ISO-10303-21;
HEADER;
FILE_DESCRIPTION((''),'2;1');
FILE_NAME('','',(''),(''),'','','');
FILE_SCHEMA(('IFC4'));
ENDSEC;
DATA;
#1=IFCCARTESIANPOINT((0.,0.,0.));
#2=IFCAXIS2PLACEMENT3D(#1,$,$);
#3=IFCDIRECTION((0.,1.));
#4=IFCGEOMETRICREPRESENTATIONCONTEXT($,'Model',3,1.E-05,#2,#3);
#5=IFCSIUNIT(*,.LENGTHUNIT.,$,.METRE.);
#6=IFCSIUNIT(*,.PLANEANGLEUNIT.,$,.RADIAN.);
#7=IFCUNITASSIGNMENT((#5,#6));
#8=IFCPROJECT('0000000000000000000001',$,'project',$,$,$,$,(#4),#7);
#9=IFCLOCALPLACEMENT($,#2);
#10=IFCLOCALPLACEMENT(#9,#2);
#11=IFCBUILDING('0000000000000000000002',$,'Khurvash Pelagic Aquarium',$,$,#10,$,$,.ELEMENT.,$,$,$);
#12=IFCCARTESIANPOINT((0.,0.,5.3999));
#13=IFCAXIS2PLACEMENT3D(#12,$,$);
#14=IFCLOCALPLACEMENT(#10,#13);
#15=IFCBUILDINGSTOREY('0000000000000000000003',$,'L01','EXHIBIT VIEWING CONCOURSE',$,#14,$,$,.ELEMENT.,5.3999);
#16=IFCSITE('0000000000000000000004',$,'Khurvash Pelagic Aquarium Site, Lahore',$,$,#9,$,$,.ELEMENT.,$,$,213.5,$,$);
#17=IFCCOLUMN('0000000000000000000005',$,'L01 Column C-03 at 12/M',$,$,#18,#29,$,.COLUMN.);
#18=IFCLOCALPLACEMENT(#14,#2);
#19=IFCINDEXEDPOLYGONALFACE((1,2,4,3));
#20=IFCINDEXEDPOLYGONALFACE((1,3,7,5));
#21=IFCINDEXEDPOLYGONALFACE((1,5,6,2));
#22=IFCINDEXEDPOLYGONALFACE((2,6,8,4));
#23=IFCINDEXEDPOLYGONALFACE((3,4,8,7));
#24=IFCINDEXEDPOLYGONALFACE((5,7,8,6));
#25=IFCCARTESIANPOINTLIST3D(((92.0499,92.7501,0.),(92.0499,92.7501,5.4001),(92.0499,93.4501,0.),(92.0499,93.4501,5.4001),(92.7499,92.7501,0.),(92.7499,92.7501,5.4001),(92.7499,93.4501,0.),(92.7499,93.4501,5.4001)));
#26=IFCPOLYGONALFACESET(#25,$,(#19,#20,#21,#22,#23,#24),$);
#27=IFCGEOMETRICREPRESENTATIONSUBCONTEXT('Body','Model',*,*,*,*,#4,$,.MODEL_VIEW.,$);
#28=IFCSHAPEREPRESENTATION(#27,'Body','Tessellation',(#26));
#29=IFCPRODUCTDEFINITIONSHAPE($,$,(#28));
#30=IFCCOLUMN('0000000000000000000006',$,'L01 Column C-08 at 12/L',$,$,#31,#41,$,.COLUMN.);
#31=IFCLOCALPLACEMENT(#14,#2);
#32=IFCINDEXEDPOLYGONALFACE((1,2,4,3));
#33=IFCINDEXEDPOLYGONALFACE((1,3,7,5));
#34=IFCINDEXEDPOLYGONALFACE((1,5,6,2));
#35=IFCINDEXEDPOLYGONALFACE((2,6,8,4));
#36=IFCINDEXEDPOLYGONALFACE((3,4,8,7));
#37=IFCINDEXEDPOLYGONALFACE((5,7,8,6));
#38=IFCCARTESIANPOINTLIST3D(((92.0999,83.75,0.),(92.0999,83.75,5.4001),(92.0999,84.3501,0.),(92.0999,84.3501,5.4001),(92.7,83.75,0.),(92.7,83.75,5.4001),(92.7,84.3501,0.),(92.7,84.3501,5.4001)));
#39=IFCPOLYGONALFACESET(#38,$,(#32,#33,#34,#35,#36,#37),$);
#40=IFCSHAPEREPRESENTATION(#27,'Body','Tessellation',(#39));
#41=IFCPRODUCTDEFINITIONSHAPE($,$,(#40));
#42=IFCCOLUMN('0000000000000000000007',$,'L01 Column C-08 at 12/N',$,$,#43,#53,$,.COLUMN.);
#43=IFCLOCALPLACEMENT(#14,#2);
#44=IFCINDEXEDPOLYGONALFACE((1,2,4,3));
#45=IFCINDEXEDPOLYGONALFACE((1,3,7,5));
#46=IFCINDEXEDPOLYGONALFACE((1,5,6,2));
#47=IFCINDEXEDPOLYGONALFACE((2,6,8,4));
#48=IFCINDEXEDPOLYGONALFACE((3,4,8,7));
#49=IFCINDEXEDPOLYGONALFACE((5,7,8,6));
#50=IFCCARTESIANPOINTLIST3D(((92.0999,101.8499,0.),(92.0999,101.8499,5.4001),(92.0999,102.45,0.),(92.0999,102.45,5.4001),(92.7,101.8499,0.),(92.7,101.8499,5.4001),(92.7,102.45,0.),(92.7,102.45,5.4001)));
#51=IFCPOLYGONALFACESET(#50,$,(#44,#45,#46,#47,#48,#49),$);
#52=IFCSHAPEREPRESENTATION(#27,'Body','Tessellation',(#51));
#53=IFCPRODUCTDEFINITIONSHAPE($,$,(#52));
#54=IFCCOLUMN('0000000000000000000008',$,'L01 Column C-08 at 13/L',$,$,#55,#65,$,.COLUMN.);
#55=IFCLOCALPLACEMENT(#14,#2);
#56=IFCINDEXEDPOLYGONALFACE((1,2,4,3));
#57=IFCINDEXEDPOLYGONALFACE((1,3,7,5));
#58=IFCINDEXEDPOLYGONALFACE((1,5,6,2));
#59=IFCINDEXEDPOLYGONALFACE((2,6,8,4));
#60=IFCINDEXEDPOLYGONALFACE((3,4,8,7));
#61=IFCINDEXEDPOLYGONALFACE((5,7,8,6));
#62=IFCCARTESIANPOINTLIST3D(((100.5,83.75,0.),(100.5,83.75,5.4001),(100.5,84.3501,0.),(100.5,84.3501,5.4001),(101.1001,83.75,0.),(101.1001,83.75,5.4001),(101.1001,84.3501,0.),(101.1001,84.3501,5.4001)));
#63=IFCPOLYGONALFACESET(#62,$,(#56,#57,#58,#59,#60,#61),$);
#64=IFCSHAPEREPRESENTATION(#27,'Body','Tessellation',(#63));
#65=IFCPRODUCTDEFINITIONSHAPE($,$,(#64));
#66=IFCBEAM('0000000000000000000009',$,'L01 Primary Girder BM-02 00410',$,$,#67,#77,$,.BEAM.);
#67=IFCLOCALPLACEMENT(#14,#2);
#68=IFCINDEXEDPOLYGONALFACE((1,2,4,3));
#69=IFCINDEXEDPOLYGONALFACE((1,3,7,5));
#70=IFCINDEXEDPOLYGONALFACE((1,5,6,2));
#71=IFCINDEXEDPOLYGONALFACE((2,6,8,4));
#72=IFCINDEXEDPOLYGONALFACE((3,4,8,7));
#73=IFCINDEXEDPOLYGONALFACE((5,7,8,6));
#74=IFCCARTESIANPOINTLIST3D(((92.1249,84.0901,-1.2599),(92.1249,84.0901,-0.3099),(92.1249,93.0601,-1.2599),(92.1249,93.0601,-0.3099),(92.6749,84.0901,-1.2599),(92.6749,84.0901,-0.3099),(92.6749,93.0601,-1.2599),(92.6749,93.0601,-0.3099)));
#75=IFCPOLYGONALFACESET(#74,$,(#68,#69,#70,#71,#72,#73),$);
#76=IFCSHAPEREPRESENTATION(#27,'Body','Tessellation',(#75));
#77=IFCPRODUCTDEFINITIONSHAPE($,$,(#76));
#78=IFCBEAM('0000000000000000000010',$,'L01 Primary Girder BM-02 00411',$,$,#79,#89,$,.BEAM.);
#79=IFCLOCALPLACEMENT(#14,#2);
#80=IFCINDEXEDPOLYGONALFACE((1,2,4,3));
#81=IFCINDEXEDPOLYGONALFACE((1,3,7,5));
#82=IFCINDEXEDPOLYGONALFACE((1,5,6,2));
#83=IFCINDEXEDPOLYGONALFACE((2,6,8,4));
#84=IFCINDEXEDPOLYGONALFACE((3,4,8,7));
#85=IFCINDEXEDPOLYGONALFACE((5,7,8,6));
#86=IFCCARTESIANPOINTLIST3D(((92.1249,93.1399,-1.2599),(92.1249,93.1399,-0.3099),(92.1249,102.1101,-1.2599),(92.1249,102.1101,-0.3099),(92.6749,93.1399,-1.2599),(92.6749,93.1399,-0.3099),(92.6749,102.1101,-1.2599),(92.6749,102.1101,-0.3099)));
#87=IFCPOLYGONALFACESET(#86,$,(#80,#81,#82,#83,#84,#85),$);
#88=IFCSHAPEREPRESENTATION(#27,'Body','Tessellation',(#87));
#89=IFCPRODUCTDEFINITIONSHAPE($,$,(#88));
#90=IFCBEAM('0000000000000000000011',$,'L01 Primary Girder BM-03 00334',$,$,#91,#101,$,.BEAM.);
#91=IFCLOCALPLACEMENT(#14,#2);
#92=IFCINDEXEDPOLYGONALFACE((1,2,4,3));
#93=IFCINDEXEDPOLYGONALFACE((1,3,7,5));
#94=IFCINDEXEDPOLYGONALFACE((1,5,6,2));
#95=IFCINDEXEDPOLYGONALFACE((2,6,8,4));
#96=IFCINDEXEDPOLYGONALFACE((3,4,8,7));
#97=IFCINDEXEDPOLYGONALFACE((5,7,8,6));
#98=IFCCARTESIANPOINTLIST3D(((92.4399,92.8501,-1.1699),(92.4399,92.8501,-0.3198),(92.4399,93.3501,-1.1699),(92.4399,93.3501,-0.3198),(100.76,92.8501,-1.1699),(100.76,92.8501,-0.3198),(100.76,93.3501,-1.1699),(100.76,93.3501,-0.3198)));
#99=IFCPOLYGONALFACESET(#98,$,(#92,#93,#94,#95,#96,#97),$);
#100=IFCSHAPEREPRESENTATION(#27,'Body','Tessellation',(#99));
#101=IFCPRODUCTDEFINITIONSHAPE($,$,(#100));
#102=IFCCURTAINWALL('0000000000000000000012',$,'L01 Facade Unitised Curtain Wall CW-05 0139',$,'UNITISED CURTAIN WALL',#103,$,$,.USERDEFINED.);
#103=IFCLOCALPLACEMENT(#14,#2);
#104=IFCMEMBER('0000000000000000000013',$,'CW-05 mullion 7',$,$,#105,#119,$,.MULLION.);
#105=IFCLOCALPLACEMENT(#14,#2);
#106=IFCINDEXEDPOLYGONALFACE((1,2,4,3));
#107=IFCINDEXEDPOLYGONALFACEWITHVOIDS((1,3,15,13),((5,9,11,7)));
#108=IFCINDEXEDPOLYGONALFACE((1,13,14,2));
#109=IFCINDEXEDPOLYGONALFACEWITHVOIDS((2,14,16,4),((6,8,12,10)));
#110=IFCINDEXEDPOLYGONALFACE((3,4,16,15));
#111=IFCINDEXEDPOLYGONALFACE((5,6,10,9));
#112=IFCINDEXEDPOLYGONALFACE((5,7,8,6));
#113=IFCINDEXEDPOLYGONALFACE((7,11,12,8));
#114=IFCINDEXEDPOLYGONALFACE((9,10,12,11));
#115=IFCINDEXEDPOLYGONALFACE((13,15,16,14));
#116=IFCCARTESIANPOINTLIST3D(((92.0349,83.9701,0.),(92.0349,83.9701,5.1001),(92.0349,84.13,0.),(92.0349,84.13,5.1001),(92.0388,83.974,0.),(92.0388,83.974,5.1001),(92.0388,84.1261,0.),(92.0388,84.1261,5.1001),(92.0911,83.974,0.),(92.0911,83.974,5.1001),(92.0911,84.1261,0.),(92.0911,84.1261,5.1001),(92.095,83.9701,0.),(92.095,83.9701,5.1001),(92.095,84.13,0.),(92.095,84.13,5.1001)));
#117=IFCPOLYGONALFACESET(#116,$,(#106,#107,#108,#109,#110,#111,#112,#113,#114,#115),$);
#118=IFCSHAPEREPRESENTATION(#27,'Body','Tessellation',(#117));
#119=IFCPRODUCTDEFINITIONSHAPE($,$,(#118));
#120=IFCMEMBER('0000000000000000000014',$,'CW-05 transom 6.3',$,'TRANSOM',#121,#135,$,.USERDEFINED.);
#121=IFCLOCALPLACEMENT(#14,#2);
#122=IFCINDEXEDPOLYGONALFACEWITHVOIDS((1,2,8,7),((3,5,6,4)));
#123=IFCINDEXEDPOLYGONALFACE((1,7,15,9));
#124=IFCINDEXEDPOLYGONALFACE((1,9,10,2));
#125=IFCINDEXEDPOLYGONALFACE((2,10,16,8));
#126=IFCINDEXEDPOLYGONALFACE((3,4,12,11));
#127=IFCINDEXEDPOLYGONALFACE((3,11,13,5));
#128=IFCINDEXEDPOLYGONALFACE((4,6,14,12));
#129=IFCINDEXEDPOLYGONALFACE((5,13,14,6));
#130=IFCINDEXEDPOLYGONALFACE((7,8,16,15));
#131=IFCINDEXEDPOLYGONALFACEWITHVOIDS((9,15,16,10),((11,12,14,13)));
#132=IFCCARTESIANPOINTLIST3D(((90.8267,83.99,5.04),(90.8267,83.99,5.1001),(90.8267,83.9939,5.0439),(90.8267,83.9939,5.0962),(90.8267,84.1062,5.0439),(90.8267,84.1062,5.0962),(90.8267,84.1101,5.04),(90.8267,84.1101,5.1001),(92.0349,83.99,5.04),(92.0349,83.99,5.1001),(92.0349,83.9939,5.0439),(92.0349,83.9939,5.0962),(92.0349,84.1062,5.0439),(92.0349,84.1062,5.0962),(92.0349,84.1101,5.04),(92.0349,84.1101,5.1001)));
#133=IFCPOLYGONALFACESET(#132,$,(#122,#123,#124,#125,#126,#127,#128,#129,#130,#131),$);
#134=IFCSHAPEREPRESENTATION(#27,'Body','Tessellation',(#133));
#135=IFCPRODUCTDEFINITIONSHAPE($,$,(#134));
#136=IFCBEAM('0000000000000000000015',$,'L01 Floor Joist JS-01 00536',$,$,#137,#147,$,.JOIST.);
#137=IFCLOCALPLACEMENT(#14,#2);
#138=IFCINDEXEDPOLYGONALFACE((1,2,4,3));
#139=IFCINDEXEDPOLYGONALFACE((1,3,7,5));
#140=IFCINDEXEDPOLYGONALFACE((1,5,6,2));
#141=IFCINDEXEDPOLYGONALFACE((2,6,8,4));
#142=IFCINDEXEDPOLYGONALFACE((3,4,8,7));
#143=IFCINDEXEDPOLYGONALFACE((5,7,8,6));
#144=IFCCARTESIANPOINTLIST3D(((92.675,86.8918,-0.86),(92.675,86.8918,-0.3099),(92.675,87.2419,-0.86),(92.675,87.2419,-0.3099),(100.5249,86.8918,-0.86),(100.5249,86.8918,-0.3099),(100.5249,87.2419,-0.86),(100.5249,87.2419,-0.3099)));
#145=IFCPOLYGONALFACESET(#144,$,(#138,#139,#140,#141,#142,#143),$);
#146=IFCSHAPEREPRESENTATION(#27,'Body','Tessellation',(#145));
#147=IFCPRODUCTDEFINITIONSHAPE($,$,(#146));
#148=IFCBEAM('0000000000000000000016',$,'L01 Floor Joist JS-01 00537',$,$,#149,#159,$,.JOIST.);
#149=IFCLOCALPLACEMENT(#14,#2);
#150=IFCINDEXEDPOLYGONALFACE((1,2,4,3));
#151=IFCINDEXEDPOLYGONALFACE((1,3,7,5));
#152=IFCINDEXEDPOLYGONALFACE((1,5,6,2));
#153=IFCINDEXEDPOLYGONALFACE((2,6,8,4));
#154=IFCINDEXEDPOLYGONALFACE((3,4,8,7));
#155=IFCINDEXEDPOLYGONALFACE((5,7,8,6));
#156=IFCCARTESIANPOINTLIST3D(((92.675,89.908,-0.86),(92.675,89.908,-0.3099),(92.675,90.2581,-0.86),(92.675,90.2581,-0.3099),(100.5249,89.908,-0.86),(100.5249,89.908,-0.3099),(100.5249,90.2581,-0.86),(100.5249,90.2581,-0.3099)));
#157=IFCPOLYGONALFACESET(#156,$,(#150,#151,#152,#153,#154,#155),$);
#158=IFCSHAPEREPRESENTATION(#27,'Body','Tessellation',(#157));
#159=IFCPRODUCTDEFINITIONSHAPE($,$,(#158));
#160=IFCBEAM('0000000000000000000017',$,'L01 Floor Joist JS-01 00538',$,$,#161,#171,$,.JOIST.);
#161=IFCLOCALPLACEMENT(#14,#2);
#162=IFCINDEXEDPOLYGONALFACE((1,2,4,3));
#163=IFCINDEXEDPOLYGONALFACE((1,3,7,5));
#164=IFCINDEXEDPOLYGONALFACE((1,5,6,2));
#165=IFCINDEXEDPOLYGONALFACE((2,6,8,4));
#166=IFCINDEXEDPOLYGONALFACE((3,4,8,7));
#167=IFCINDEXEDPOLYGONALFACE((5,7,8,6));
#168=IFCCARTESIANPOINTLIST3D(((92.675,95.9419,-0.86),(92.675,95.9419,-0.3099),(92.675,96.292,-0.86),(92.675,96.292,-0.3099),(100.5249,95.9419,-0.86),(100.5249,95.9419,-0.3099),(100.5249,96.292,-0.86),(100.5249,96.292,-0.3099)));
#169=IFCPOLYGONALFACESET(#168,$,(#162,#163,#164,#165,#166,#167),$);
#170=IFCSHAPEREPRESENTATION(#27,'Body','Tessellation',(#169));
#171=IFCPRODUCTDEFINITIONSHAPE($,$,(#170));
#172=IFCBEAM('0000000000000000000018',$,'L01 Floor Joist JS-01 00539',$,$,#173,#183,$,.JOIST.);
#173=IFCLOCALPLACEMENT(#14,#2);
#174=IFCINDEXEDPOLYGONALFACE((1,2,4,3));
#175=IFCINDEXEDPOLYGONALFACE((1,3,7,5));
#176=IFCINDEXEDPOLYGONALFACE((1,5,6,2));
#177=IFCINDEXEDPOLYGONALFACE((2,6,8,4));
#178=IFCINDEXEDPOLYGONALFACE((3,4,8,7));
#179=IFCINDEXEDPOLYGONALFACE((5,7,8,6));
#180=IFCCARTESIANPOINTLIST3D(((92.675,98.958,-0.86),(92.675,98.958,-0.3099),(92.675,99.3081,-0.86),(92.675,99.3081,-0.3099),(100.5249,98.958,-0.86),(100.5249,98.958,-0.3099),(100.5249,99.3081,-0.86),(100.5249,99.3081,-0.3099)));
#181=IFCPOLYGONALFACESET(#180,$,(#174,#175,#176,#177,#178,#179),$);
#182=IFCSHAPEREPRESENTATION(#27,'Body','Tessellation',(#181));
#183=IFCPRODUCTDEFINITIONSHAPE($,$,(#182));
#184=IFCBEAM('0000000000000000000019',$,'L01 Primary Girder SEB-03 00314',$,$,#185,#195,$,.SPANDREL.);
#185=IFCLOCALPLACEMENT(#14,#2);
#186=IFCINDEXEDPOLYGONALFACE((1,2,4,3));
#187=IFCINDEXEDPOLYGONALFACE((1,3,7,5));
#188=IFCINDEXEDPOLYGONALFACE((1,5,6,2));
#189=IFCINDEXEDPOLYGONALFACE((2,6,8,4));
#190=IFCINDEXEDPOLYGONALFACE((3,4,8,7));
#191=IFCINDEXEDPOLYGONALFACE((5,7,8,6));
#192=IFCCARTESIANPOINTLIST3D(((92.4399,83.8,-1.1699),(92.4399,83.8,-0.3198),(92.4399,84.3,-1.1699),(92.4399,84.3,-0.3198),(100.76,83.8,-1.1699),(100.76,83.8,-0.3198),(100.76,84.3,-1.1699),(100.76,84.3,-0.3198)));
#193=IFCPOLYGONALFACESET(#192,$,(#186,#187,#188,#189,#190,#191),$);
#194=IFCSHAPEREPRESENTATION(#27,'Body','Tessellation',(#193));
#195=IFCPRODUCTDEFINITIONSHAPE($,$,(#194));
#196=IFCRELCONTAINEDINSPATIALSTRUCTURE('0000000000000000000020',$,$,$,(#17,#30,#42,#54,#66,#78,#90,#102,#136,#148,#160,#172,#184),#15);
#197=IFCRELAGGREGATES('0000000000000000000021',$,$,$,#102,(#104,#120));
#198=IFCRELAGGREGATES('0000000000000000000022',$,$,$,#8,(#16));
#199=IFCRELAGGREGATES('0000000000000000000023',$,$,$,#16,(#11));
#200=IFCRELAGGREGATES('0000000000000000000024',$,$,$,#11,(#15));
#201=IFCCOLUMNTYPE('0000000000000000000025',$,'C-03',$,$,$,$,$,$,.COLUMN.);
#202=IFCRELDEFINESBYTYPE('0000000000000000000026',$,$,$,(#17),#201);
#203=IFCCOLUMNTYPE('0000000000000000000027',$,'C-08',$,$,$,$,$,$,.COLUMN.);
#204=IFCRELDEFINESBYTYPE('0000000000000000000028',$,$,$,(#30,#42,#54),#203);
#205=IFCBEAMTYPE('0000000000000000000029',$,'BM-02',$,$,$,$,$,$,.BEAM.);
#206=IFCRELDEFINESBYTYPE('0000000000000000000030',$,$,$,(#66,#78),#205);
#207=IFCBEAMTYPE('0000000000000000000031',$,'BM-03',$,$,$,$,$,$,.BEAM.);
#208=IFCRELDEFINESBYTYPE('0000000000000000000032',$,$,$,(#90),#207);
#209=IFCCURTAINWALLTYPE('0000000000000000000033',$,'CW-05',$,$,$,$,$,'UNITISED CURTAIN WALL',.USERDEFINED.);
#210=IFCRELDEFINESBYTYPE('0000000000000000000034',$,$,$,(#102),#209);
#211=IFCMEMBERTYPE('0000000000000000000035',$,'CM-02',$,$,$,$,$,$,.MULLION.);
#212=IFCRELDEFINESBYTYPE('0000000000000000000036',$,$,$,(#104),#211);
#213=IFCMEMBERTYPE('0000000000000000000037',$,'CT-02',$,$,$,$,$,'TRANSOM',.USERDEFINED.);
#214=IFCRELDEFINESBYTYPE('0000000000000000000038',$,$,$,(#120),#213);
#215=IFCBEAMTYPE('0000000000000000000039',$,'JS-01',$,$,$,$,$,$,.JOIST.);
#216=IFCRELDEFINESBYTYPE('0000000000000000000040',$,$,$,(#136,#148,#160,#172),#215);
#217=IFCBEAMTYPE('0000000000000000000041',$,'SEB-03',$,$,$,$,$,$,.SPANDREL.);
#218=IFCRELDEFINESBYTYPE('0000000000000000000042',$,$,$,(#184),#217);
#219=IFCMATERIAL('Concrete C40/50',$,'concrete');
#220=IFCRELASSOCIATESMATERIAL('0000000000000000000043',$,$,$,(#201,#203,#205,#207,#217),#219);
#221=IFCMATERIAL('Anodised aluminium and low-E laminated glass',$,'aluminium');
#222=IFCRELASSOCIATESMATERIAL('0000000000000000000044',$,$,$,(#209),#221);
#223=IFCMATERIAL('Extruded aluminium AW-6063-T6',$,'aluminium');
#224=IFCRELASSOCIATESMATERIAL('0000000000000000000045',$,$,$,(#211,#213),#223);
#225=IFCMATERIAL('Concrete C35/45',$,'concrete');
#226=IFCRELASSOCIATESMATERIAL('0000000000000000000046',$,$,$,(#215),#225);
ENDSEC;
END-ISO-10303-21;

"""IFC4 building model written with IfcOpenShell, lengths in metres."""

from ifc_helpers import new_model, si_unit, direction, frame, origin, origin_2d, place, context, subcontext, project, spatial, rectangle, hollow_rectangle, extrude, material, material_profile, profile_set, type_object, element, aggregate, save


model = new_model("IFC4")

# Units and contexts
model_context = context("Model", 3, precision=1e-05, world=origin(), true_north=direction((0.0, 1.0)))
body_context = subcontext(model_context, "Body", "Model", "MODEL_VIEW")
ifc_project = project(units=[si_unit("LENGTHUNIT", "METRE"), si_unit("PLANEANGLEUNIT", "RADIAN")], contexts=[model_context])

# Site, building, storey
site_placement = place(None, origin())
site = spatial("IfcSite", under=ifc_project, at=site_placement, Name="Khurvash Pelagic Aquarium Site, Lahore", CompositionType="ELEMENT", RefElevation=213.5)
building_placement = place(site_placement, origin())
building = spatial("IfcBuilding", under=site, at=building_placement, Name="Khurvash Pelagic Aquarium", CompositionType="ELEMENT")
storey_placement = place(building_placement, frame((0.0, 0.0, 5.3999)))
storey = spatial("IfcBuildingStorey", under=building, at=storey_placement, Name="L01", Description="EXHIBIT VIEWING CONCOURSE", CompositionType="ELEMENT", Elevation=5.3999)

# Columns
ifc_material_1 = material(Name="Concrete C40/50", Category="concrete")
ifc_material_profile_1 = material_profile(ifc_material_1, rectangle(XDim=0.7, YDim=0.7, at=origin_2d()), Name="RC700X700")
ifc_profile_set_1 = profile_set([ifc_material_profile_1], Name="Concrete C40/50")
column_type_1 = type_object("IfcColumnType", Name="C-03", PredefinedType="COLUMN", material=ifc_profile_set_1)
column_placement = place(storey_placement, frame((92.3999, 93.1001, 0.0), z_axis=(0.0, 0.0, 1.0), x_axis=(1.0, 0.0, 0.0)))
element("IfcColumn", 1, at=column_placement, inside=storey, type_object=column_type_1, Name="L01 Column C-03 at 12/M", PredefinedType="COLUMN", context=body_context, shape_type="SweptSolid", body=[
    extrude(rectangle(XDim=0.7, YDim=0.7, at=origin_2d()), origin(), (0.0, 0.0, 1.0), 5.4001),
])
ifc_material_profile_2 = material_profile(ifc_material_1, rectangle(XDim=0.6001, YDim=0.6001, at=origin_2d()), Name="RC600X600")
ifc_profile_set_2 = profile_set([ifc_material_profile_2], Name="Concrete C40/50")
column_type_2 = type_object("IfcColumnType", Name="C-08", PredefinedType="COLUMN", material=ifc_profile_set_2)
for number, where, z_axis, x_axis, name in (
    (2, (92.3999, 84.05, 0.0), (0.0, 0.0, 1.0), (1.0, 0.0, 0.0), "L01 Column C-08 at 12/L"),
    (3, (92.3999, 102.1499, 0.0), (0.0, 0.0, 1.0), (1.0, 0.0, 0.0), "L01 Column C-08 at 12/N"),
    (4, (100.8, 84.05, 0.0), (0.0, 0.0, 1.0), (1.0, 0.0, 0.0), "L01 Column C-08 at 13/L"),
):
    element("IfcColumn", number, at=place(storey_placement, frame(where, z_axis=z_axis, x_axis=x_axis)), inside=storey, type_object=column_type_2, Name=name, PredefinedType="COLUMN", context=body_context, shape_type="SweptSolid", body=[
        extrude(rectangle(XDim=0.6001, YDim=0.6001, at=origin_2d()), origin(), (0.0, 0.0, 1.0), 5.4001),
    ])

# Beams
ifc_material_profile_3 = material_profile(ifc_material_1, rectangle(XDim=0.55, YDim=0.95, at=origin_2d()), Name="RC550X950")
ifc_profile_set_3 = profile_set([ifc_material_profile_3], Name="Concrete C40/50")
beam_type_1 = type_object("IfcBeamType", Name="BM-02", PredefinedType="BEAM", material=ifc_profile_set_3)
beam_1_placement = place(storey_placement, frame((92.3999, 84.0901, -0.7849), z_axis=(0.0, 1.0, 0.0), x_axis=(-1.0, 0.0, 0.0)))
element("IfcBeam", 5, at=beam_1_placement, inside=storey, type_object=beam_type_1, Name="L01 Primary Girder BM-02 00410", PredefinedType="BEAM", context=body_context, shape_type="SweptSolid", body=[
    extrude(rectangle(XDim=0.55, YDim=0.95, at=origin_2d()), origin(), (0.0, 0.0, 1.0), 8.97),
])
beam_2_placement = place(storey_placement, frame((92.3999, 93.1399, -0.7849), z_axis=(0.0, 1.0, 0.0), x_axis=(-1.0, 0.0, 0.0)))
element("IfcBeam", 6, at=beam_2_placement, inside=storey, type_object=beam_type_1, Name="L01 Primary Girder BM-02 00411", PredefinedType="BEAM", context=body_context, shape_type="SweptSolid", body=[
    extrude(rectangle(XDim=0.55, YDim=0.95, at=origin_2d()), origin(), (0.0, 0.0, 1.0), 8.9702),
])
ifc_material_profile_4 = material_profile(ifc_material_1, rectangle(XDim=0.5, YDim=0.8501, at=origin_2d()), Name="RC500X850")
ifc_profile_set_4 = profile_set([ifc_material_profile_4], Name="Concrete C40/50")
beam_type_2 = type_object("IfcBeamType", Name="BM-03", PredefinedType="BEAM", material=ifc_profile_set_4)
beam_3_placement = place(storey_placement, frame((92.4399, 93.1001, -0.7449), z_axis=(1.0, 0.0, 0.0), x_axis=(0.0, 1.0, 0.0)))
element("IfcBeam", 7, at=beam_3_placement, inside=storey, type_object=beam_type_2, Name="L01 Primary Girder BM-03 00334", PredefinedType="BEAM", context=body_context, shape_type="SweptSolid", body=[
    extrude(rectangle(XDim=0.5, YDim=0.8501, at=origin_2d()), origin(), (0.0, 0.0, 1.0), 8.3201),
])

# Curtain wall, members
ifc_material_2 = material(Name="Anodised aluminium and low-E laminated glass", Category="aluminium")
curtain_wall_type = type_object("IfcCurtainWallType", Name="CW-05", ElementType="UNITISED CURTAIN WALL", PredefinedType="USERDEFINED", material=ifc_material_2)
curtain_wall_placement = place(storey_placement, origin())
curtain_wall = element("IfcCurtainWall", 8, at=curtain_wall_placement, inside=storey, type_object=curtain_wall_type, Name="L01 Facade Unitised Curtain Wall CW-05 0139", ObjectType="UNITISED CURTAIN WALL", PredefinedType="USERDEFINED")
ifc_material_3 = material(Name="Extruded aluminium AW-6063-T6", Category="aluminium")
ifc_material_profile_5 = material_profile(ifc_material_3, hollow_rectangle(XDim=0.0601, YDim=0.1599, WallThickness=0.0039, at=origin_2d()), Name="CWM60X160X4")
ifc_profile_set_5 = profile_set([ifc_material_profile_5], Name="Extruded aluminium AW-6063-T6")
member_type_1 = type_object("IfcMemberType", Name="CM-02", PredefinedType="MULLION", material=ifc_profile_set_5)
member_1_placement = place(storey_placement, frame((92.0649, 84.05, 0.0), z_axis=(0.0, 0.0, 1.0), x_axis=(1.0, 0.0, 0.0)))
member_1 = element("IfcMember", 9, at=member_1_placement, type_object=member_type_1, Name="CW-05 mullion 7", PredefinedType="MULLION", context=body_context, shape_type="SweptSolid", body=[
    extrude(hollow_rectangle(XDim=0.0601, YDim=0.1599, WallThickness=0.0039, at=origin_2d()), origin(), (0.0, 0.0, 1.0), 5.1001),
])
ifc_material_profile_6 = material_profile(ifc_material_3, hollow_rectangle(XDim=0.1201, YDim=0.0601, WallThickness=0.0039, at=origin_2d()), Name="CWT120X60X4")
ifc_profile_set_6 = profile_set([ifc_material_profile_6], Name="Extruded aluminium AW-6063-T6")
member_type_2 = type_object("IfcMemberType", Name="CT-02", ElementType="TRANSOM", PredefinedType="USERDEFINED", material=ifc_profile_set_6)
member_2_placement = place(storey_placement, frame((90.8267, 84.05, 5.0701), z_axis=(1.0, 0.0, 0.0), x_axis=(0.0, 1.0, 0.0)))
member_2 = element("IfcMember", 10, at=member_2_placement, type_object=member_type_2, Name="CW-05 transom 6.3", ObjectType="TRANSOM", PredefinedType="USERDEFINED", context=body_context, shape_type="SweptSolid", body=[
    extrude(hollow_rectangle(XDim=0.1201, YDim=0.0601, WallThickness=0.0039, at=origin_2d()), origin(), (0.0, 0.0, 1.0), 1.2083),
])

# Beams
ifc_material_4 = material(Name="Concrete C35/45", Category="concrete")
ifc_material_profile_7 = material_profile(ifc_material_4, rectangle(XDim=0.3501, YDim=0.55, at=origin_2d()), Name="RC350X550")
ifc_profile_set_7 = profile_set([ifc_material_profile_7], Name="Concrete C35/45")
beam_type_3 = type_object("IfcBeamType", Name="JS-01", PredefinedType="JOIST", material=ifc_profile_set_7)
for number, where, z_axis, x_axis, name in (
    (11, (92.675, 87.0669, -0.585), (1.0, 0.0, 0.0), (0.0, 1.0, 0.0), "L01 Floor Joist JS-01 00536"),
    (12, (92.675, 90.083, -0.585), (1.0, 0.0, 0.0), (0.0, 1.0, 0.0), "L01 Floor Joist JS-01 00537"),
    (13, (92.675, 96.1169, -0.585), (1.0, 0.0, 0.0), (0.0, 1.0, 0.0), "L01 Floor Joist JS-01 00538"),
    (14, (92.675, 99.1331, -0.585), (1.0, 0.0, 0.0), (0.0, 1.0, 0.0), "L01 Floor Joist JS-01 00539"),
):
    element("IfcBeam", number, at=place(storey_placement, frame(where, z_axis=z_axis, x_axis=x_axis)), inside=storey, type_object=beam_type_3, Name=name, PredefinedType="JOIST", context=body_context, shape_type="SweptSolid", body=[
        extrude(rectangle(XDim=0.3501, YDim=0.55, at=origin_2d()), origin(), (0.0, 0.0, 1.0), 7.8499),
    ])
ifc_material_profile_8 = material_profile(ifc_material_1, rectangle(XDim=0.5, YDim=0.8501, at=origin_2d()), Name="RC500X850")
ifc_profile_set_8 = profile_set([ifc_material_profile_8], Name="Concrete C40/50")
beam_type_4 = type_object("IfcBeamType", Name="SEB-03", PredefinedType="SPANDREL", material=ifc_profile_set_8)
beam_4_placement = place(storey_placement, frame((92.4399, 84.05, -0.7449), z_axis=(1.0, 0.0, 0.0), x_axis=(0.0, 1.0, 0.0)))
element("IfcBeam", 15, at=beam_4_placement, inside=storey, type_object=beam_type_4, Name="L01 Primary Girder SEB-03 00314", PredefinedType="SPANDREL", context=body_context, shape_type="SweptSolid", body=[
    extrude(rectangle(XDim=0.5, YDim=0.8501, at=origin_2d()), origin(), (0.0, 0.0, 1.0), 8.3201),
])

aggregate(curtain_wall, [member_1, member_2])

save(model, "model.ifc")
